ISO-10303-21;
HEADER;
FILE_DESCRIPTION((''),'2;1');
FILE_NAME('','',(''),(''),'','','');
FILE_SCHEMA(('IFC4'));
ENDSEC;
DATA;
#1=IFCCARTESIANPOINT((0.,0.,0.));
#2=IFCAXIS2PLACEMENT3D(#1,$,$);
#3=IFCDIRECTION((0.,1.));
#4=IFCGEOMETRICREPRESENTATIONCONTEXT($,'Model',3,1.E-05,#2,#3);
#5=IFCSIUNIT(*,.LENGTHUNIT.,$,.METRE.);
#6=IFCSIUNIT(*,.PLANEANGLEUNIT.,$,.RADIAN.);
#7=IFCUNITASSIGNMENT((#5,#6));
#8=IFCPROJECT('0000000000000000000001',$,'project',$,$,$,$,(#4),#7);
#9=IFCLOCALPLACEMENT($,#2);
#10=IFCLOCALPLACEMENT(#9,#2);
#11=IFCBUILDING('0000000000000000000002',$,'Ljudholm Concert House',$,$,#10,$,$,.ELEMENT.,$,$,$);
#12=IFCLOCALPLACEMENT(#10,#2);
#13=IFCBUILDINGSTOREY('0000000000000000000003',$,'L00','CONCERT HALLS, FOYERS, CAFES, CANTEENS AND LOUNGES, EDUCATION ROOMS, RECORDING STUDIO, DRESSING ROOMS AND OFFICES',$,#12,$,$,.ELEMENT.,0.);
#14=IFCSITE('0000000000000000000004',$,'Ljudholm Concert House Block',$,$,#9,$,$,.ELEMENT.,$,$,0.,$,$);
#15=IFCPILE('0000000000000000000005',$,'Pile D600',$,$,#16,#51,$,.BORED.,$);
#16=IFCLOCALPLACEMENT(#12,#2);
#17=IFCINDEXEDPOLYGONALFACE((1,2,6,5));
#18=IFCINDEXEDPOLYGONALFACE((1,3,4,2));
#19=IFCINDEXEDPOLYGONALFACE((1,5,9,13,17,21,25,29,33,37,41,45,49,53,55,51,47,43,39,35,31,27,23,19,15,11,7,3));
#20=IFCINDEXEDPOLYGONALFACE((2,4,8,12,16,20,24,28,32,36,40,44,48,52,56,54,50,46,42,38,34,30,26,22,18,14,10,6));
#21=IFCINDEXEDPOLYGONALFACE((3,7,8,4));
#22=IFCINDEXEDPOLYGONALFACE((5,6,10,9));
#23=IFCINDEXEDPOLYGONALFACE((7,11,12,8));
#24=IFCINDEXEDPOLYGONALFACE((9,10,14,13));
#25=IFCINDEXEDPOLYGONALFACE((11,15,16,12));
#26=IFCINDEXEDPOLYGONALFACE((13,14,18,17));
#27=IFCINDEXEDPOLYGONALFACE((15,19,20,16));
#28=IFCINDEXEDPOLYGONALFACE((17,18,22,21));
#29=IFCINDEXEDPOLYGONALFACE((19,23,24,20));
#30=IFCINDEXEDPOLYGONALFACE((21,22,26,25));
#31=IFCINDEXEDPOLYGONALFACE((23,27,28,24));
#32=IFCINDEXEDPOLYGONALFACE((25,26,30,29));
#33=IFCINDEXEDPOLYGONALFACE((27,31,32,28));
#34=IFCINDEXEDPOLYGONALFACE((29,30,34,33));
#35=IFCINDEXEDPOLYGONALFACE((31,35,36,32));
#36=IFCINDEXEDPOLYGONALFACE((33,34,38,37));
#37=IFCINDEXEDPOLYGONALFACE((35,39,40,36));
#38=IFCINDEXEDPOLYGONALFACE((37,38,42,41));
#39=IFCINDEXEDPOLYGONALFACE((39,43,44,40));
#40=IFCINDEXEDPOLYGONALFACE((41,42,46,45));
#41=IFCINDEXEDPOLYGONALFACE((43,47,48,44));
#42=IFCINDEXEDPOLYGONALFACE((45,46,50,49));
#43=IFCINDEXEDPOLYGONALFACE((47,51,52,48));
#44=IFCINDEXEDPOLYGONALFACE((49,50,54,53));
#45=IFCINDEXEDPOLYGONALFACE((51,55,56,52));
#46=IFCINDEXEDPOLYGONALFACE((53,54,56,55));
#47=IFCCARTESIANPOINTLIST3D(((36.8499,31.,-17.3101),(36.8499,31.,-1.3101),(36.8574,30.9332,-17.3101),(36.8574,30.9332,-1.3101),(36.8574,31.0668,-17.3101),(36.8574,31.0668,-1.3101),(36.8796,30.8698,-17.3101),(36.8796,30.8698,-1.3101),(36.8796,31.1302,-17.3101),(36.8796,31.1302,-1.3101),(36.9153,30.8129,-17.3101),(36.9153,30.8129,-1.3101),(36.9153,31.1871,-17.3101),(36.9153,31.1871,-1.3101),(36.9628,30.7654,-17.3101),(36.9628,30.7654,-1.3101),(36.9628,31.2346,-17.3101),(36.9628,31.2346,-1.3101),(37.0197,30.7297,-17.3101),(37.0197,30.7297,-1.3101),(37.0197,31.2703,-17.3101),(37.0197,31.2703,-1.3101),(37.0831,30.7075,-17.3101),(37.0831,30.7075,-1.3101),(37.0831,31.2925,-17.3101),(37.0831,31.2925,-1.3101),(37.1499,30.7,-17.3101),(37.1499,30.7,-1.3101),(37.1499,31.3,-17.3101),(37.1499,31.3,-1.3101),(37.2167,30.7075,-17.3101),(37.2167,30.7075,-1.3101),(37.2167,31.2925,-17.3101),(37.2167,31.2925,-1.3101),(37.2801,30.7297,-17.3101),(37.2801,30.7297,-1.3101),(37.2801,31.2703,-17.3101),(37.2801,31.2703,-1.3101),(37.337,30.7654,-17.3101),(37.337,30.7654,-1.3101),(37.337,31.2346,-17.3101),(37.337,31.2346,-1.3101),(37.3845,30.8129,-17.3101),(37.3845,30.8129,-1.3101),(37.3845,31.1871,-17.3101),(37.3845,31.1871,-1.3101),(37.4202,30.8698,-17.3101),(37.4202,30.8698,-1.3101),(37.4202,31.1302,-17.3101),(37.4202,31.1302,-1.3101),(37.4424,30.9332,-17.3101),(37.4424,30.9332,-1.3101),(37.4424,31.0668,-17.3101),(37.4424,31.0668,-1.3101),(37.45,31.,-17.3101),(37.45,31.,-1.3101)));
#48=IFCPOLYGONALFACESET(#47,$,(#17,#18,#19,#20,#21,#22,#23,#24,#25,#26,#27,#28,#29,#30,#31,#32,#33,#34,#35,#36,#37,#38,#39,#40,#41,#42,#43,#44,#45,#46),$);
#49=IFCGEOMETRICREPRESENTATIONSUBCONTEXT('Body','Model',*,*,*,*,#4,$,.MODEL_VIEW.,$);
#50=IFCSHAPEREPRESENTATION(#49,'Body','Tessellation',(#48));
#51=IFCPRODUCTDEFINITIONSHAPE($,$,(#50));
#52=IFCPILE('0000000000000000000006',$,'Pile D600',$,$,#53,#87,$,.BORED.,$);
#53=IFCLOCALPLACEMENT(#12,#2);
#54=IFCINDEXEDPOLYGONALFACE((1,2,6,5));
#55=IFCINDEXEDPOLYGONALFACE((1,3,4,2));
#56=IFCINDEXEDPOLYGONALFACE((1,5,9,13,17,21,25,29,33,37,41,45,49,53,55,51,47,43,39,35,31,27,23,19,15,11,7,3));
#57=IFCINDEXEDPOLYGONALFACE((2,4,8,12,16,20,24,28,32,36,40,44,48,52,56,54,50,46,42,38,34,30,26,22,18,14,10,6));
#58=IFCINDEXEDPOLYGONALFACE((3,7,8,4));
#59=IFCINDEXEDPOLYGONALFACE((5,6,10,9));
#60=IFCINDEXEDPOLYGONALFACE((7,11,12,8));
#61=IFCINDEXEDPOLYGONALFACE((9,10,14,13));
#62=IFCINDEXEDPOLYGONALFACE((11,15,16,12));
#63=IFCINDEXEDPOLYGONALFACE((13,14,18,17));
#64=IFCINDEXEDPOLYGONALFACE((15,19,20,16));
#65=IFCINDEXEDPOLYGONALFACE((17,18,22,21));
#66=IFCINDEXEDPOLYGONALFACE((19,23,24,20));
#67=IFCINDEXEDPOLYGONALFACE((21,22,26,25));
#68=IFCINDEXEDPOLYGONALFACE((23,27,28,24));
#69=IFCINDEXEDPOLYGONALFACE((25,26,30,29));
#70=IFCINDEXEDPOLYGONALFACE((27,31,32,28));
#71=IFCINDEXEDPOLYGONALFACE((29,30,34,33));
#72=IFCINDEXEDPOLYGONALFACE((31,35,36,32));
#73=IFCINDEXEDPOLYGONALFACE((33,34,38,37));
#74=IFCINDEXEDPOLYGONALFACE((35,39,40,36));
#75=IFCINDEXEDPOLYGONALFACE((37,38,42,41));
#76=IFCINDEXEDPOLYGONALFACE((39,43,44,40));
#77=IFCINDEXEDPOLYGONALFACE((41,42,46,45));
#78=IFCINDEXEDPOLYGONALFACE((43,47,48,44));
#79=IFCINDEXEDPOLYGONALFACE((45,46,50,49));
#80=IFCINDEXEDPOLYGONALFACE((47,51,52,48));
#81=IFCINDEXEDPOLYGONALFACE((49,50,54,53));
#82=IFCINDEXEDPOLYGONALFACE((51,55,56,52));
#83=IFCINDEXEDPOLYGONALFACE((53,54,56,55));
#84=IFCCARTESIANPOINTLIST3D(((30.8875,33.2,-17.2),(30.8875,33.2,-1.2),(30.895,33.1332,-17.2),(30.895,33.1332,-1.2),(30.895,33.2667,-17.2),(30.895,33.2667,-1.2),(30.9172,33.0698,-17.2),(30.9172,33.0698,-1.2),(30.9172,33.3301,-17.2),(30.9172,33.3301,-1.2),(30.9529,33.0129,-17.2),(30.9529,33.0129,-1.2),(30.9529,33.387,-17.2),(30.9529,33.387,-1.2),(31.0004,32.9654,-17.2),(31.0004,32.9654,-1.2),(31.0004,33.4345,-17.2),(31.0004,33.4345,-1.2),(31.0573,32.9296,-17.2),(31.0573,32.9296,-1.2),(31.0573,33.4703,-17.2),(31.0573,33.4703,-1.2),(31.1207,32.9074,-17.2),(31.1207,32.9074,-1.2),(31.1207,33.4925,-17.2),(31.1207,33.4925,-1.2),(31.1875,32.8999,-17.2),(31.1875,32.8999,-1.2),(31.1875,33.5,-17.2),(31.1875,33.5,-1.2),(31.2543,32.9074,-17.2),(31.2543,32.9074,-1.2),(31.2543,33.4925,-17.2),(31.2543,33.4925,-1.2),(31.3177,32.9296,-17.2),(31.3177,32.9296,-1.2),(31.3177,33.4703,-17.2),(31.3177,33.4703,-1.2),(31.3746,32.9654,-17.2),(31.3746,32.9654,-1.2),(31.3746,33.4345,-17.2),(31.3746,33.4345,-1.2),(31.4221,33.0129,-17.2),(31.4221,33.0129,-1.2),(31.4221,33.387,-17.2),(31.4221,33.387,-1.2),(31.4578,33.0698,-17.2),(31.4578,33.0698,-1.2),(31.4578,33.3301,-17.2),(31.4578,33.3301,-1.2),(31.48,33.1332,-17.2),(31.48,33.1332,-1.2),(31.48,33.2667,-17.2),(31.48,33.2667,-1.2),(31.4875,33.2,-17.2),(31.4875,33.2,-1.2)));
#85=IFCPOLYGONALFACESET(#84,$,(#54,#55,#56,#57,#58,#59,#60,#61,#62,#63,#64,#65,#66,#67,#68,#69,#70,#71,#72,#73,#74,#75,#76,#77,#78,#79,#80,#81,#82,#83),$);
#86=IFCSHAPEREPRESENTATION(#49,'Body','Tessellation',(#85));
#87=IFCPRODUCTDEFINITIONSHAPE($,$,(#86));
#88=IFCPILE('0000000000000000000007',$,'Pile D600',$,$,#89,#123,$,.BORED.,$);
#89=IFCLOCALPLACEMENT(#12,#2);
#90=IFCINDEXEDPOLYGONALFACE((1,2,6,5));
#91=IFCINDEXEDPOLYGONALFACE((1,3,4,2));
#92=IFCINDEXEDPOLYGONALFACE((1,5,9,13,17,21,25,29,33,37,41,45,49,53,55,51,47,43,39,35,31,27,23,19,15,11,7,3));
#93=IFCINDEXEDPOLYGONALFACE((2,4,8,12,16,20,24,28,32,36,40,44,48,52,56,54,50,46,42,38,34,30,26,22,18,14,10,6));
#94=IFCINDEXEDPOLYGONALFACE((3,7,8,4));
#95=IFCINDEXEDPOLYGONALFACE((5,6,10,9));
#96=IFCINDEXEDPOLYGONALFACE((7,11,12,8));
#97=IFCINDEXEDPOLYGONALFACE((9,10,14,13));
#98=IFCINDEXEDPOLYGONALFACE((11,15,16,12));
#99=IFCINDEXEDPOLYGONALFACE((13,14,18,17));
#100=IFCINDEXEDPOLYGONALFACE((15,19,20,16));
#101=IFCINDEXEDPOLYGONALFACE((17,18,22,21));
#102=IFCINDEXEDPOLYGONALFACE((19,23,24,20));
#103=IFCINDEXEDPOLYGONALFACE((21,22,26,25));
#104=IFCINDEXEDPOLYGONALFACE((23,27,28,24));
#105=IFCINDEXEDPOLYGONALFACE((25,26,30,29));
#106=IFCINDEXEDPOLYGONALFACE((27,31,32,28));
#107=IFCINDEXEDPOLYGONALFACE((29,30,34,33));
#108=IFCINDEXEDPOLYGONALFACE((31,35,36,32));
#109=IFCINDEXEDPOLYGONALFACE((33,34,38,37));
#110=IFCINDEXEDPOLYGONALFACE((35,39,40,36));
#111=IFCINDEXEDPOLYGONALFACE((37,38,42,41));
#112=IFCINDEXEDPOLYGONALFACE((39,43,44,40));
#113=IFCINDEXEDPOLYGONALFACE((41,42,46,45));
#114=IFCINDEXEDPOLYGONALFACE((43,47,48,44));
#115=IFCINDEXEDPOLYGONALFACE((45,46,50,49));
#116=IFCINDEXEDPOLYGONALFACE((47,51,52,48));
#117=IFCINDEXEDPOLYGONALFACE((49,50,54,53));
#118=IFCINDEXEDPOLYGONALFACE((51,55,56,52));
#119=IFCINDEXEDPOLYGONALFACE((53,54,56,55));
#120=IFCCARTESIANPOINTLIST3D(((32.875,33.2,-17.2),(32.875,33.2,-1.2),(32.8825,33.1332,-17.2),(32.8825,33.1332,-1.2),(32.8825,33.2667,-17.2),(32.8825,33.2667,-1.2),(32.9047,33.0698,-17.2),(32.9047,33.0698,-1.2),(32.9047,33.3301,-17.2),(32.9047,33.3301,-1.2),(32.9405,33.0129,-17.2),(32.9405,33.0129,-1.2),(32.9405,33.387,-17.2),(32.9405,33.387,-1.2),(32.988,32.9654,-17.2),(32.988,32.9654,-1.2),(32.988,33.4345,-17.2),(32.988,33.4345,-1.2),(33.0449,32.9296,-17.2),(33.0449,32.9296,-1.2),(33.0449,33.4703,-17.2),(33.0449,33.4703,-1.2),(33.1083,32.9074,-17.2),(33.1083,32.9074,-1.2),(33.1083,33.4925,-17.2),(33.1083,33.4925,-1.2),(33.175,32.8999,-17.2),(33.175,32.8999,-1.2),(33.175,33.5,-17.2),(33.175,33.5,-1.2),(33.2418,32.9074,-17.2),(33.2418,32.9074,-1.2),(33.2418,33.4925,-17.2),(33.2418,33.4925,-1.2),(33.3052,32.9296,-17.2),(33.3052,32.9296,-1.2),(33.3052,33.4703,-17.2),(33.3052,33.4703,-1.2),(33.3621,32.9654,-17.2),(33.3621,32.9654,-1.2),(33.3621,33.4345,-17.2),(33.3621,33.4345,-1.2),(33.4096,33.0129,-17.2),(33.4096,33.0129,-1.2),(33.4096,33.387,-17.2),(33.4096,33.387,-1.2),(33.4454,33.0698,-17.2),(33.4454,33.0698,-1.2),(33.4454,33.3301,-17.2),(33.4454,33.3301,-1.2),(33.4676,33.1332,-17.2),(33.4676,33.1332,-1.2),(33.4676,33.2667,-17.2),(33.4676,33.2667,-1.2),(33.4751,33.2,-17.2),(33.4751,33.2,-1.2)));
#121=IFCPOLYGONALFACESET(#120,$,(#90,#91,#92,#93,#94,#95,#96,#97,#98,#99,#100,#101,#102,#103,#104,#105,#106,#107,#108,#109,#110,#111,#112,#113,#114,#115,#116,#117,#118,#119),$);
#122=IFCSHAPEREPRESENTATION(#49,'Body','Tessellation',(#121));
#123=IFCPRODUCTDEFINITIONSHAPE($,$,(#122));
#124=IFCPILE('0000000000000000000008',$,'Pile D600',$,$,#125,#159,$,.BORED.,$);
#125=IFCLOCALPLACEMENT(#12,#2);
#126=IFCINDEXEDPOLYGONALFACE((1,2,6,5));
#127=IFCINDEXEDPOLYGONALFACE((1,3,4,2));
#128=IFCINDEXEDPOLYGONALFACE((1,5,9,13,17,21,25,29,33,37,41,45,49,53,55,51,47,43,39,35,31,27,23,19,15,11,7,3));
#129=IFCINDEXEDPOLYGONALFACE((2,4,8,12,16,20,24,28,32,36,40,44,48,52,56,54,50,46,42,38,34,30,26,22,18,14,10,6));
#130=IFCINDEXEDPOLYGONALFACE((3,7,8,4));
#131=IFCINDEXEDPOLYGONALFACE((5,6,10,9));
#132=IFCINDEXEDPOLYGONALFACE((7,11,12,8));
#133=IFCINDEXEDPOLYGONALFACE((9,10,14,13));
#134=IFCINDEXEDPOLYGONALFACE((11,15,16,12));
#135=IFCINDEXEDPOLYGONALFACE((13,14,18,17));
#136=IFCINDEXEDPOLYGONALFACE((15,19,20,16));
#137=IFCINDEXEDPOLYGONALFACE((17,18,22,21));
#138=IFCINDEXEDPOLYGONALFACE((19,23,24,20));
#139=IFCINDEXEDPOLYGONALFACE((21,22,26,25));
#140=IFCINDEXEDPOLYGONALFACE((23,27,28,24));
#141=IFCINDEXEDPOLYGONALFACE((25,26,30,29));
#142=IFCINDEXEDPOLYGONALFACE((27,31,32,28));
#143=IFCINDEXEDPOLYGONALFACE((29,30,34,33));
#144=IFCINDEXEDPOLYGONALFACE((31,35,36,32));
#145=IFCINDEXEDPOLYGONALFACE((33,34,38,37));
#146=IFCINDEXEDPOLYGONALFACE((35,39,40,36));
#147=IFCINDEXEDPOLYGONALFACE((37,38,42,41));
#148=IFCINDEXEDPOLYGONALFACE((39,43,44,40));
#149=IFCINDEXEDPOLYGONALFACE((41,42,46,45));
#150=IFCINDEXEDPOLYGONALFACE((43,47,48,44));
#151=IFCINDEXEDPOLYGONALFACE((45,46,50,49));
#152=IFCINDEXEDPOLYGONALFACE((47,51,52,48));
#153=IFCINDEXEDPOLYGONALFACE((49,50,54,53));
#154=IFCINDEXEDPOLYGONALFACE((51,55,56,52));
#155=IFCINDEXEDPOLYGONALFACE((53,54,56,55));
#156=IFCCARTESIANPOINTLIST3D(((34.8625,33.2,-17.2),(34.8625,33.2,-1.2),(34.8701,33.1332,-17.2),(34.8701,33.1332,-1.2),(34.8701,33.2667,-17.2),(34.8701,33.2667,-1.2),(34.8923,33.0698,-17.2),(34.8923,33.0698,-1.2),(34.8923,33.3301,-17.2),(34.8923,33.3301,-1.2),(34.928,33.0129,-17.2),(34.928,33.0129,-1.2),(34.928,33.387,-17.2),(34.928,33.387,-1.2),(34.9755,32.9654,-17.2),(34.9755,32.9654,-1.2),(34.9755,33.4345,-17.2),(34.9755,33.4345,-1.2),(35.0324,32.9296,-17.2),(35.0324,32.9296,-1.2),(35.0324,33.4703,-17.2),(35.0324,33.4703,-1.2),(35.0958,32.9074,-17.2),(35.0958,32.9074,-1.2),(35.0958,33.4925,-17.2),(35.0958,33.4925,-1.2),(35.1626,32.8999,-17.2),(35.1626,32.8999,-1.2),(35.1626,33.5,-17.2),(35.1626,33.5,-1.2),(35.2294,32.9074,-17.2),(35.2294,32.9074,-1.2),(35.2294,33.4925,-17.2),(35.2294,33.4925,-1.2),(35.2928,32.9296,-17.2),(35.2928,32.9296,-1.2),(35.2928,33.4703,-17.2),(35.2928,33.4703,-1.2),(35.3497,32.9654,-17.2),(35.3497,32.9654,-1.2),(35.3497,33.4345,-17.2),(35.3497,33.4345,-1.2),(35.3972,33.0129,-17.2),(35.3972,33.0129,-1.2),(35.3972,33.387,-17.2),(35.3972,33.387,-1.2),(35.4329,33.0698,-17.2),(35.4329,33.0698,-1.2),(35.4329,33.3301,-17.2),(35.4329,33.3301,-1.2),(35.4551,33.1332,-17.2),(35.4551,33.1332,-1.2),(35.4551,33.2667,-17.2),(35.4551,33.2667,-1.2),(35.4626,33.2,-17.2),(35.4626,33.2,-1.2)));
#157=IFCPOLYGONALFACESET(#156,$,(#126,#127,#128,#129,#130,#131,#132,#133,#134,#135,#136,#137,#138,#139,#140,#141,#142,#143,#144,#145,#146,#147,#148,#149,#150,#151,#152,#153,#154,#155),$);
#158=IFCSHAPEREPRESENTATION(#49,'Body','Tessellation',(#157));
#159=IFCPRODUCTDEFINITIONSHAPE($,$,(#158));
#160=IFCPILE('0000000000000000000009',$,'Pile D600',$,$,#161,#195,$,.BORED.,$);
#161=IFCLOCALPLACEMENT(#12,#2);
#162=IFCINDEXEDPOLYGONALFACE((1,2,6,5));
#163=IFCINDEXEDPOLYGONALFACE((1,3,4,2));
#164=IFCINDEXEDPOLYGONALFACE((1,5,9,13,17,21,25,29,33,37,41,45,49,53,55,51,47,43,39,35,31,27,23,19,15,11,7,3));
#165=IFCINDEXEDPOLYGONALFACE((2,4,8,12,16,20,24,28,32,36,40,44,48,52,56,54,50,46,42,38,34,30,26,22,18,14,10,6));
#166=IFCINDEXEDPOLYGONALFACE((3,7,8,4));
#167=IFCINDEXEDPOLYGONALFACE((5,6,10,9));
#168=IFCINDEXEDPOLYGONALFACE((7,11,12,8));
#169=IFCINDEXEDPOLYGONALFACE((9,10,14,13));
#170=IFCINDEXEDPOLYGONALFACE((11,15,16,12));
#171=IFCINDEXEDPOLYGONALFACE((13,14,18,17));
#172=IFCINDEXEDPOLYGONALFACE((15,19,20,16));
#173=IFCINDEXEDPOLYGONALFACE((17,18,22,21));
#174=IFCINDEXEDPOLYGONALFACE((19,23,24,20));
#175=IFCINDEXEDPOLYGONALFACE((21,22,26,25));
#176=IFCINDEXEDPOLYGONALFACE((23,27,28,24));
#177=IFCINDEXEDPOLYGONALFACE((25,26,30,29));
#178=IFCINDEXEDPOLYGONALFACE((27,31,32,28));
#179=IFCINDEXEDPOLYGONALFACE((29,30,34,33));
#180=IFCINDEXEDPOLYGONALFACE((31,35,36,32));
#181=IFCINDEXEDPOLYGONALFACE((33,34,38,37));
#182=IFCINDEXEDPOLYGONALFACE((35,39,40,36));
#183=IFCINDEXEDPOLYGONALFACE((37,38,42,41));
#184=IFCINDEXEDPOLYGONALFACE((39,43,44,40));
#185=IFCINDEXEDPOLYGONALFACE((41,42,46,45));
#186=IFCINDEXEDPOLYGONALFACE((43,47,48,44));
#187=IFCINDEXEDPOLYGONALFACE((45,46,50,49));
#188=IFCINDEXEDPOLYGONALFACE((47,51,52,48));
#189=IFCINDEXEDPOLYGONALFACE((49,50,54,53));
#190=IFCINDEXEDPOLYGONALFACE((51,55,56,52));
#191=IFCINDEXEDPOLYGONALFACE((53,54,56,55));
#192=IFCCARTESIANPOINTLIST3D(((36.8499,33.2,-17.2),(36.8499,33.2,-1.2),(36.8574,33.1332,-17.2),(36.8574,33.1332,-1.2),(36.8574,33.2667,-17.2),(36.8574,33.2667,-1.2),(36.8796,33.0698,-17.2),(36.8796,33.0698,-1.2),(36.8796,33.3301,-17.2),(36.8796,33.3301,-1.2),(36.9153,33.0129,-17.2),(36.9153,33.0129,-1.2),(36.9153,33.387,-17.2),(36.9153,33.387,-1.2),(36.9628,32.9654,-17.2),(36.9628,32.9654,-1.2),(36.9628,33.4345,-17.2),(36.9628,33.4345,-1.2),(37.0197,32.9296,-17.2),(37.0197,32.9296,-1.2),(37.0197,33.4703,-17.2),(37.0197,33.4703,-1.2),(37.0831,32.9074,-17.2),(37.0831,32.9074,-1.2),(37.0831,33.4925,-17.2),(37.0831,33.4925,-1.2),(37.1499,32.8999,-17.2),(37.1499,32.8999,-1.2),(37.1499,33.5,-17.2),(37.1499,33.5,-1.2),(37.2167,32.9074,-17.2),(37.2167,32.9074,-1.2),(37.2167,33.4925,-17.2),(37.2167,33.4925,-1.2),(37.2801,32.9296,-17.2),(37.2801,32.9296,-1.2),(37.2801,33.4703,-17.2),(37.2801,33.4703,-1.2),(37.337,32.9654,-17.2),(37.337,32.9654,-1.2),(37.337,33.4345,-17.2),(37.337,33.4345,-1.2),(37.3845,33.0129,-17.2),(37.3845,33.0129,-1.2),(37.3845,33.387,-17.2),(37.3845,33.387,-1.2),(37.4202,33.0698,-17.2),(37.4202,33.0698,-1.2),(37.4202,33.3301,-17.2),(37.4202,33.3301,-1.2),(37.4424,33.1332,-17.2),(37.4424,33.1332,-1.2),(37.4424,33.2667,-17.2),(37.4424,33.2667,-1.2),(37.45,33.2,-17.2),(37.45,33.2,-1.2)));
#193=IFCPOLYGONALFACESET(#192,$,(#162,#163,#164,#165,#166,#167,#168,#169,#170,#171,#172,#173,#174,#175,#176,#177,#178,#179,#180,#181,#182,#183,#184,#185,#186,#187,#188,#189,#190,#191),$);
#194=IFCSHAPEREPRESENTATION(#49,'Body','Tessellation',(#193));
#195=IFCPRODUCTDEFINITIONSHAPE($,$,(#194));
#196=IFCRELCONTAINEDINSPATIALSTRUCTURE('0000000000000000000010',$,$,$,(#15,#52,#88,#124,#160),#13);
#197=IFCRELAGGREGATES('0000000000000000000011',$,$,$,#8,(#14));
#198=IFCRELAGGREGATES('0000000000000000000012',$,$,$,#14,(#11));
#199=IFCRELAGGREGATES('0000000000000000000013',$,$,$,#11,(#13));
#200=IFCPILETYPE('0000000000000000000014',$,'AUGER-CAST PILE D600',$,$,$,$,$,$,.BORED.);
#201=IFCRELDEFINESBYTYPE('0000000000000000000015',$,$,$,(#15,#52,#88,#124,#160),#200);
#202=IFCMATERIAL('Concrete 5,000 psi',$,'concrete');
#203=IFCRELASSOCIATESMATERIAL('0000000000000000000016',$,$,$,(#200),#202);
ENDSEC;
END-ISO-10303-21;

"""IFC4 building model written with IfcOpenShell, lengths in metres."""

from ifc_helpers import new_model, si_unit, direction, frame, origin, origin_2d, place, context, subcontext, project, spatial, circle, extrude, material, material_profile, profile_set, type_object, element, save


model = new_model("IFC4")

# Units and contexts
model_context = context("Model", 3, precision=1e-05, world=origin(), true_north=direction((0.0, 1.0)))
body_context = subcontext(model_context, "Body", "Model", "MODEL_VIEW")
ifc_project = project(units=[si_unit("LENGTHUNIT", "METRE"), si_unit("PLANEANGLEUNIT", "RADIAN")], contexts=[model_context])

# Site, building, storey
site_placement = place(None, origin())
site = spatial("IfcSite", under=ifc_project, at=site_placement, Name="Ljudholm Concert House Block", CompositionType="ELEMENT", RefElevation=0.0)
building_placement = place(site_placement, origin())
building = spatial("IfcBuilding", under=site, at=building_placement, Name="Ljudholm Concert House", CompositionType="ELEMENT")
storey_placement = place(building_placement, origin())
storey = spatial("IfcBuildingStorey", under=building, at=storey_placement, Name="L00", Description="CONCERT HALLS, FOYERS, CAFES, CANTEENS AND LOUNGES, EDUCATION ROOMS, RECORDING STUDIO, DRESSING ROOMS AND OFFICES", CompositionType="ELEMENT", Elevation=0.0)

# Piles
ifc_material_1 = material(Name="Concrete 5,000 psi", Category="concrete")
ifc_material_profile_1 = material_profile(ifc_material_1, circle(Radius=0.3, at=origin_2d()), Name="AUGER-CAST PILE D600")
ifc_profile_set_1 = profile_set([ifc_material_profile_1], Name="Concrete 5,000 psi")
pile_type = type_object("IfcPileType", Name="AUGER-CAST PILE D600", PredefinedType="BORED", material=ifc_profile_set_1)
for number, where, z_axis, x_axis, name in (
    (1, (37.1499, 31.0, -1.3101), (0.0, 0.0, -1.0), (1.0, 0.0, 0.0), "Pile D600"),
    (2, (31.1875, 33.2, -1.2), (0.0, 0.0, -1.0), (1.0, 0.0, 0.0), "Pile D600"),
    (3, (33.175, 33.2, -1.2), (0.0, 0.0, -1.0), (1.0, 0.0, 0.0), "Pile D600"),
    (4, (35.1626, 33.2, -1.2), (0.0, 0.0, -1.0), (1.0, 0.0, 0.0), "Pile D600"),
    (5, (37.1499, 33.2, -1.2), (0.0, 0.0, -1.0), (1.0, 0.0, 0.0), "Pile D600"),
):
    element("IfcPile", number, at=place(storey_placement, frame(where, z_axis=z_axis, x_axis=x_axis)), inside=storey, type_object=pile_type, Name=name, PredefinedType="BORED", context=body_context, shape_type="SweptSolid", body=[
        extrude(circle(Radius=0.3, at=origin_2d()), origin(), (0.0, 0.0, 1.0), 16.0),
    ])

save(model, "model.ifc")
